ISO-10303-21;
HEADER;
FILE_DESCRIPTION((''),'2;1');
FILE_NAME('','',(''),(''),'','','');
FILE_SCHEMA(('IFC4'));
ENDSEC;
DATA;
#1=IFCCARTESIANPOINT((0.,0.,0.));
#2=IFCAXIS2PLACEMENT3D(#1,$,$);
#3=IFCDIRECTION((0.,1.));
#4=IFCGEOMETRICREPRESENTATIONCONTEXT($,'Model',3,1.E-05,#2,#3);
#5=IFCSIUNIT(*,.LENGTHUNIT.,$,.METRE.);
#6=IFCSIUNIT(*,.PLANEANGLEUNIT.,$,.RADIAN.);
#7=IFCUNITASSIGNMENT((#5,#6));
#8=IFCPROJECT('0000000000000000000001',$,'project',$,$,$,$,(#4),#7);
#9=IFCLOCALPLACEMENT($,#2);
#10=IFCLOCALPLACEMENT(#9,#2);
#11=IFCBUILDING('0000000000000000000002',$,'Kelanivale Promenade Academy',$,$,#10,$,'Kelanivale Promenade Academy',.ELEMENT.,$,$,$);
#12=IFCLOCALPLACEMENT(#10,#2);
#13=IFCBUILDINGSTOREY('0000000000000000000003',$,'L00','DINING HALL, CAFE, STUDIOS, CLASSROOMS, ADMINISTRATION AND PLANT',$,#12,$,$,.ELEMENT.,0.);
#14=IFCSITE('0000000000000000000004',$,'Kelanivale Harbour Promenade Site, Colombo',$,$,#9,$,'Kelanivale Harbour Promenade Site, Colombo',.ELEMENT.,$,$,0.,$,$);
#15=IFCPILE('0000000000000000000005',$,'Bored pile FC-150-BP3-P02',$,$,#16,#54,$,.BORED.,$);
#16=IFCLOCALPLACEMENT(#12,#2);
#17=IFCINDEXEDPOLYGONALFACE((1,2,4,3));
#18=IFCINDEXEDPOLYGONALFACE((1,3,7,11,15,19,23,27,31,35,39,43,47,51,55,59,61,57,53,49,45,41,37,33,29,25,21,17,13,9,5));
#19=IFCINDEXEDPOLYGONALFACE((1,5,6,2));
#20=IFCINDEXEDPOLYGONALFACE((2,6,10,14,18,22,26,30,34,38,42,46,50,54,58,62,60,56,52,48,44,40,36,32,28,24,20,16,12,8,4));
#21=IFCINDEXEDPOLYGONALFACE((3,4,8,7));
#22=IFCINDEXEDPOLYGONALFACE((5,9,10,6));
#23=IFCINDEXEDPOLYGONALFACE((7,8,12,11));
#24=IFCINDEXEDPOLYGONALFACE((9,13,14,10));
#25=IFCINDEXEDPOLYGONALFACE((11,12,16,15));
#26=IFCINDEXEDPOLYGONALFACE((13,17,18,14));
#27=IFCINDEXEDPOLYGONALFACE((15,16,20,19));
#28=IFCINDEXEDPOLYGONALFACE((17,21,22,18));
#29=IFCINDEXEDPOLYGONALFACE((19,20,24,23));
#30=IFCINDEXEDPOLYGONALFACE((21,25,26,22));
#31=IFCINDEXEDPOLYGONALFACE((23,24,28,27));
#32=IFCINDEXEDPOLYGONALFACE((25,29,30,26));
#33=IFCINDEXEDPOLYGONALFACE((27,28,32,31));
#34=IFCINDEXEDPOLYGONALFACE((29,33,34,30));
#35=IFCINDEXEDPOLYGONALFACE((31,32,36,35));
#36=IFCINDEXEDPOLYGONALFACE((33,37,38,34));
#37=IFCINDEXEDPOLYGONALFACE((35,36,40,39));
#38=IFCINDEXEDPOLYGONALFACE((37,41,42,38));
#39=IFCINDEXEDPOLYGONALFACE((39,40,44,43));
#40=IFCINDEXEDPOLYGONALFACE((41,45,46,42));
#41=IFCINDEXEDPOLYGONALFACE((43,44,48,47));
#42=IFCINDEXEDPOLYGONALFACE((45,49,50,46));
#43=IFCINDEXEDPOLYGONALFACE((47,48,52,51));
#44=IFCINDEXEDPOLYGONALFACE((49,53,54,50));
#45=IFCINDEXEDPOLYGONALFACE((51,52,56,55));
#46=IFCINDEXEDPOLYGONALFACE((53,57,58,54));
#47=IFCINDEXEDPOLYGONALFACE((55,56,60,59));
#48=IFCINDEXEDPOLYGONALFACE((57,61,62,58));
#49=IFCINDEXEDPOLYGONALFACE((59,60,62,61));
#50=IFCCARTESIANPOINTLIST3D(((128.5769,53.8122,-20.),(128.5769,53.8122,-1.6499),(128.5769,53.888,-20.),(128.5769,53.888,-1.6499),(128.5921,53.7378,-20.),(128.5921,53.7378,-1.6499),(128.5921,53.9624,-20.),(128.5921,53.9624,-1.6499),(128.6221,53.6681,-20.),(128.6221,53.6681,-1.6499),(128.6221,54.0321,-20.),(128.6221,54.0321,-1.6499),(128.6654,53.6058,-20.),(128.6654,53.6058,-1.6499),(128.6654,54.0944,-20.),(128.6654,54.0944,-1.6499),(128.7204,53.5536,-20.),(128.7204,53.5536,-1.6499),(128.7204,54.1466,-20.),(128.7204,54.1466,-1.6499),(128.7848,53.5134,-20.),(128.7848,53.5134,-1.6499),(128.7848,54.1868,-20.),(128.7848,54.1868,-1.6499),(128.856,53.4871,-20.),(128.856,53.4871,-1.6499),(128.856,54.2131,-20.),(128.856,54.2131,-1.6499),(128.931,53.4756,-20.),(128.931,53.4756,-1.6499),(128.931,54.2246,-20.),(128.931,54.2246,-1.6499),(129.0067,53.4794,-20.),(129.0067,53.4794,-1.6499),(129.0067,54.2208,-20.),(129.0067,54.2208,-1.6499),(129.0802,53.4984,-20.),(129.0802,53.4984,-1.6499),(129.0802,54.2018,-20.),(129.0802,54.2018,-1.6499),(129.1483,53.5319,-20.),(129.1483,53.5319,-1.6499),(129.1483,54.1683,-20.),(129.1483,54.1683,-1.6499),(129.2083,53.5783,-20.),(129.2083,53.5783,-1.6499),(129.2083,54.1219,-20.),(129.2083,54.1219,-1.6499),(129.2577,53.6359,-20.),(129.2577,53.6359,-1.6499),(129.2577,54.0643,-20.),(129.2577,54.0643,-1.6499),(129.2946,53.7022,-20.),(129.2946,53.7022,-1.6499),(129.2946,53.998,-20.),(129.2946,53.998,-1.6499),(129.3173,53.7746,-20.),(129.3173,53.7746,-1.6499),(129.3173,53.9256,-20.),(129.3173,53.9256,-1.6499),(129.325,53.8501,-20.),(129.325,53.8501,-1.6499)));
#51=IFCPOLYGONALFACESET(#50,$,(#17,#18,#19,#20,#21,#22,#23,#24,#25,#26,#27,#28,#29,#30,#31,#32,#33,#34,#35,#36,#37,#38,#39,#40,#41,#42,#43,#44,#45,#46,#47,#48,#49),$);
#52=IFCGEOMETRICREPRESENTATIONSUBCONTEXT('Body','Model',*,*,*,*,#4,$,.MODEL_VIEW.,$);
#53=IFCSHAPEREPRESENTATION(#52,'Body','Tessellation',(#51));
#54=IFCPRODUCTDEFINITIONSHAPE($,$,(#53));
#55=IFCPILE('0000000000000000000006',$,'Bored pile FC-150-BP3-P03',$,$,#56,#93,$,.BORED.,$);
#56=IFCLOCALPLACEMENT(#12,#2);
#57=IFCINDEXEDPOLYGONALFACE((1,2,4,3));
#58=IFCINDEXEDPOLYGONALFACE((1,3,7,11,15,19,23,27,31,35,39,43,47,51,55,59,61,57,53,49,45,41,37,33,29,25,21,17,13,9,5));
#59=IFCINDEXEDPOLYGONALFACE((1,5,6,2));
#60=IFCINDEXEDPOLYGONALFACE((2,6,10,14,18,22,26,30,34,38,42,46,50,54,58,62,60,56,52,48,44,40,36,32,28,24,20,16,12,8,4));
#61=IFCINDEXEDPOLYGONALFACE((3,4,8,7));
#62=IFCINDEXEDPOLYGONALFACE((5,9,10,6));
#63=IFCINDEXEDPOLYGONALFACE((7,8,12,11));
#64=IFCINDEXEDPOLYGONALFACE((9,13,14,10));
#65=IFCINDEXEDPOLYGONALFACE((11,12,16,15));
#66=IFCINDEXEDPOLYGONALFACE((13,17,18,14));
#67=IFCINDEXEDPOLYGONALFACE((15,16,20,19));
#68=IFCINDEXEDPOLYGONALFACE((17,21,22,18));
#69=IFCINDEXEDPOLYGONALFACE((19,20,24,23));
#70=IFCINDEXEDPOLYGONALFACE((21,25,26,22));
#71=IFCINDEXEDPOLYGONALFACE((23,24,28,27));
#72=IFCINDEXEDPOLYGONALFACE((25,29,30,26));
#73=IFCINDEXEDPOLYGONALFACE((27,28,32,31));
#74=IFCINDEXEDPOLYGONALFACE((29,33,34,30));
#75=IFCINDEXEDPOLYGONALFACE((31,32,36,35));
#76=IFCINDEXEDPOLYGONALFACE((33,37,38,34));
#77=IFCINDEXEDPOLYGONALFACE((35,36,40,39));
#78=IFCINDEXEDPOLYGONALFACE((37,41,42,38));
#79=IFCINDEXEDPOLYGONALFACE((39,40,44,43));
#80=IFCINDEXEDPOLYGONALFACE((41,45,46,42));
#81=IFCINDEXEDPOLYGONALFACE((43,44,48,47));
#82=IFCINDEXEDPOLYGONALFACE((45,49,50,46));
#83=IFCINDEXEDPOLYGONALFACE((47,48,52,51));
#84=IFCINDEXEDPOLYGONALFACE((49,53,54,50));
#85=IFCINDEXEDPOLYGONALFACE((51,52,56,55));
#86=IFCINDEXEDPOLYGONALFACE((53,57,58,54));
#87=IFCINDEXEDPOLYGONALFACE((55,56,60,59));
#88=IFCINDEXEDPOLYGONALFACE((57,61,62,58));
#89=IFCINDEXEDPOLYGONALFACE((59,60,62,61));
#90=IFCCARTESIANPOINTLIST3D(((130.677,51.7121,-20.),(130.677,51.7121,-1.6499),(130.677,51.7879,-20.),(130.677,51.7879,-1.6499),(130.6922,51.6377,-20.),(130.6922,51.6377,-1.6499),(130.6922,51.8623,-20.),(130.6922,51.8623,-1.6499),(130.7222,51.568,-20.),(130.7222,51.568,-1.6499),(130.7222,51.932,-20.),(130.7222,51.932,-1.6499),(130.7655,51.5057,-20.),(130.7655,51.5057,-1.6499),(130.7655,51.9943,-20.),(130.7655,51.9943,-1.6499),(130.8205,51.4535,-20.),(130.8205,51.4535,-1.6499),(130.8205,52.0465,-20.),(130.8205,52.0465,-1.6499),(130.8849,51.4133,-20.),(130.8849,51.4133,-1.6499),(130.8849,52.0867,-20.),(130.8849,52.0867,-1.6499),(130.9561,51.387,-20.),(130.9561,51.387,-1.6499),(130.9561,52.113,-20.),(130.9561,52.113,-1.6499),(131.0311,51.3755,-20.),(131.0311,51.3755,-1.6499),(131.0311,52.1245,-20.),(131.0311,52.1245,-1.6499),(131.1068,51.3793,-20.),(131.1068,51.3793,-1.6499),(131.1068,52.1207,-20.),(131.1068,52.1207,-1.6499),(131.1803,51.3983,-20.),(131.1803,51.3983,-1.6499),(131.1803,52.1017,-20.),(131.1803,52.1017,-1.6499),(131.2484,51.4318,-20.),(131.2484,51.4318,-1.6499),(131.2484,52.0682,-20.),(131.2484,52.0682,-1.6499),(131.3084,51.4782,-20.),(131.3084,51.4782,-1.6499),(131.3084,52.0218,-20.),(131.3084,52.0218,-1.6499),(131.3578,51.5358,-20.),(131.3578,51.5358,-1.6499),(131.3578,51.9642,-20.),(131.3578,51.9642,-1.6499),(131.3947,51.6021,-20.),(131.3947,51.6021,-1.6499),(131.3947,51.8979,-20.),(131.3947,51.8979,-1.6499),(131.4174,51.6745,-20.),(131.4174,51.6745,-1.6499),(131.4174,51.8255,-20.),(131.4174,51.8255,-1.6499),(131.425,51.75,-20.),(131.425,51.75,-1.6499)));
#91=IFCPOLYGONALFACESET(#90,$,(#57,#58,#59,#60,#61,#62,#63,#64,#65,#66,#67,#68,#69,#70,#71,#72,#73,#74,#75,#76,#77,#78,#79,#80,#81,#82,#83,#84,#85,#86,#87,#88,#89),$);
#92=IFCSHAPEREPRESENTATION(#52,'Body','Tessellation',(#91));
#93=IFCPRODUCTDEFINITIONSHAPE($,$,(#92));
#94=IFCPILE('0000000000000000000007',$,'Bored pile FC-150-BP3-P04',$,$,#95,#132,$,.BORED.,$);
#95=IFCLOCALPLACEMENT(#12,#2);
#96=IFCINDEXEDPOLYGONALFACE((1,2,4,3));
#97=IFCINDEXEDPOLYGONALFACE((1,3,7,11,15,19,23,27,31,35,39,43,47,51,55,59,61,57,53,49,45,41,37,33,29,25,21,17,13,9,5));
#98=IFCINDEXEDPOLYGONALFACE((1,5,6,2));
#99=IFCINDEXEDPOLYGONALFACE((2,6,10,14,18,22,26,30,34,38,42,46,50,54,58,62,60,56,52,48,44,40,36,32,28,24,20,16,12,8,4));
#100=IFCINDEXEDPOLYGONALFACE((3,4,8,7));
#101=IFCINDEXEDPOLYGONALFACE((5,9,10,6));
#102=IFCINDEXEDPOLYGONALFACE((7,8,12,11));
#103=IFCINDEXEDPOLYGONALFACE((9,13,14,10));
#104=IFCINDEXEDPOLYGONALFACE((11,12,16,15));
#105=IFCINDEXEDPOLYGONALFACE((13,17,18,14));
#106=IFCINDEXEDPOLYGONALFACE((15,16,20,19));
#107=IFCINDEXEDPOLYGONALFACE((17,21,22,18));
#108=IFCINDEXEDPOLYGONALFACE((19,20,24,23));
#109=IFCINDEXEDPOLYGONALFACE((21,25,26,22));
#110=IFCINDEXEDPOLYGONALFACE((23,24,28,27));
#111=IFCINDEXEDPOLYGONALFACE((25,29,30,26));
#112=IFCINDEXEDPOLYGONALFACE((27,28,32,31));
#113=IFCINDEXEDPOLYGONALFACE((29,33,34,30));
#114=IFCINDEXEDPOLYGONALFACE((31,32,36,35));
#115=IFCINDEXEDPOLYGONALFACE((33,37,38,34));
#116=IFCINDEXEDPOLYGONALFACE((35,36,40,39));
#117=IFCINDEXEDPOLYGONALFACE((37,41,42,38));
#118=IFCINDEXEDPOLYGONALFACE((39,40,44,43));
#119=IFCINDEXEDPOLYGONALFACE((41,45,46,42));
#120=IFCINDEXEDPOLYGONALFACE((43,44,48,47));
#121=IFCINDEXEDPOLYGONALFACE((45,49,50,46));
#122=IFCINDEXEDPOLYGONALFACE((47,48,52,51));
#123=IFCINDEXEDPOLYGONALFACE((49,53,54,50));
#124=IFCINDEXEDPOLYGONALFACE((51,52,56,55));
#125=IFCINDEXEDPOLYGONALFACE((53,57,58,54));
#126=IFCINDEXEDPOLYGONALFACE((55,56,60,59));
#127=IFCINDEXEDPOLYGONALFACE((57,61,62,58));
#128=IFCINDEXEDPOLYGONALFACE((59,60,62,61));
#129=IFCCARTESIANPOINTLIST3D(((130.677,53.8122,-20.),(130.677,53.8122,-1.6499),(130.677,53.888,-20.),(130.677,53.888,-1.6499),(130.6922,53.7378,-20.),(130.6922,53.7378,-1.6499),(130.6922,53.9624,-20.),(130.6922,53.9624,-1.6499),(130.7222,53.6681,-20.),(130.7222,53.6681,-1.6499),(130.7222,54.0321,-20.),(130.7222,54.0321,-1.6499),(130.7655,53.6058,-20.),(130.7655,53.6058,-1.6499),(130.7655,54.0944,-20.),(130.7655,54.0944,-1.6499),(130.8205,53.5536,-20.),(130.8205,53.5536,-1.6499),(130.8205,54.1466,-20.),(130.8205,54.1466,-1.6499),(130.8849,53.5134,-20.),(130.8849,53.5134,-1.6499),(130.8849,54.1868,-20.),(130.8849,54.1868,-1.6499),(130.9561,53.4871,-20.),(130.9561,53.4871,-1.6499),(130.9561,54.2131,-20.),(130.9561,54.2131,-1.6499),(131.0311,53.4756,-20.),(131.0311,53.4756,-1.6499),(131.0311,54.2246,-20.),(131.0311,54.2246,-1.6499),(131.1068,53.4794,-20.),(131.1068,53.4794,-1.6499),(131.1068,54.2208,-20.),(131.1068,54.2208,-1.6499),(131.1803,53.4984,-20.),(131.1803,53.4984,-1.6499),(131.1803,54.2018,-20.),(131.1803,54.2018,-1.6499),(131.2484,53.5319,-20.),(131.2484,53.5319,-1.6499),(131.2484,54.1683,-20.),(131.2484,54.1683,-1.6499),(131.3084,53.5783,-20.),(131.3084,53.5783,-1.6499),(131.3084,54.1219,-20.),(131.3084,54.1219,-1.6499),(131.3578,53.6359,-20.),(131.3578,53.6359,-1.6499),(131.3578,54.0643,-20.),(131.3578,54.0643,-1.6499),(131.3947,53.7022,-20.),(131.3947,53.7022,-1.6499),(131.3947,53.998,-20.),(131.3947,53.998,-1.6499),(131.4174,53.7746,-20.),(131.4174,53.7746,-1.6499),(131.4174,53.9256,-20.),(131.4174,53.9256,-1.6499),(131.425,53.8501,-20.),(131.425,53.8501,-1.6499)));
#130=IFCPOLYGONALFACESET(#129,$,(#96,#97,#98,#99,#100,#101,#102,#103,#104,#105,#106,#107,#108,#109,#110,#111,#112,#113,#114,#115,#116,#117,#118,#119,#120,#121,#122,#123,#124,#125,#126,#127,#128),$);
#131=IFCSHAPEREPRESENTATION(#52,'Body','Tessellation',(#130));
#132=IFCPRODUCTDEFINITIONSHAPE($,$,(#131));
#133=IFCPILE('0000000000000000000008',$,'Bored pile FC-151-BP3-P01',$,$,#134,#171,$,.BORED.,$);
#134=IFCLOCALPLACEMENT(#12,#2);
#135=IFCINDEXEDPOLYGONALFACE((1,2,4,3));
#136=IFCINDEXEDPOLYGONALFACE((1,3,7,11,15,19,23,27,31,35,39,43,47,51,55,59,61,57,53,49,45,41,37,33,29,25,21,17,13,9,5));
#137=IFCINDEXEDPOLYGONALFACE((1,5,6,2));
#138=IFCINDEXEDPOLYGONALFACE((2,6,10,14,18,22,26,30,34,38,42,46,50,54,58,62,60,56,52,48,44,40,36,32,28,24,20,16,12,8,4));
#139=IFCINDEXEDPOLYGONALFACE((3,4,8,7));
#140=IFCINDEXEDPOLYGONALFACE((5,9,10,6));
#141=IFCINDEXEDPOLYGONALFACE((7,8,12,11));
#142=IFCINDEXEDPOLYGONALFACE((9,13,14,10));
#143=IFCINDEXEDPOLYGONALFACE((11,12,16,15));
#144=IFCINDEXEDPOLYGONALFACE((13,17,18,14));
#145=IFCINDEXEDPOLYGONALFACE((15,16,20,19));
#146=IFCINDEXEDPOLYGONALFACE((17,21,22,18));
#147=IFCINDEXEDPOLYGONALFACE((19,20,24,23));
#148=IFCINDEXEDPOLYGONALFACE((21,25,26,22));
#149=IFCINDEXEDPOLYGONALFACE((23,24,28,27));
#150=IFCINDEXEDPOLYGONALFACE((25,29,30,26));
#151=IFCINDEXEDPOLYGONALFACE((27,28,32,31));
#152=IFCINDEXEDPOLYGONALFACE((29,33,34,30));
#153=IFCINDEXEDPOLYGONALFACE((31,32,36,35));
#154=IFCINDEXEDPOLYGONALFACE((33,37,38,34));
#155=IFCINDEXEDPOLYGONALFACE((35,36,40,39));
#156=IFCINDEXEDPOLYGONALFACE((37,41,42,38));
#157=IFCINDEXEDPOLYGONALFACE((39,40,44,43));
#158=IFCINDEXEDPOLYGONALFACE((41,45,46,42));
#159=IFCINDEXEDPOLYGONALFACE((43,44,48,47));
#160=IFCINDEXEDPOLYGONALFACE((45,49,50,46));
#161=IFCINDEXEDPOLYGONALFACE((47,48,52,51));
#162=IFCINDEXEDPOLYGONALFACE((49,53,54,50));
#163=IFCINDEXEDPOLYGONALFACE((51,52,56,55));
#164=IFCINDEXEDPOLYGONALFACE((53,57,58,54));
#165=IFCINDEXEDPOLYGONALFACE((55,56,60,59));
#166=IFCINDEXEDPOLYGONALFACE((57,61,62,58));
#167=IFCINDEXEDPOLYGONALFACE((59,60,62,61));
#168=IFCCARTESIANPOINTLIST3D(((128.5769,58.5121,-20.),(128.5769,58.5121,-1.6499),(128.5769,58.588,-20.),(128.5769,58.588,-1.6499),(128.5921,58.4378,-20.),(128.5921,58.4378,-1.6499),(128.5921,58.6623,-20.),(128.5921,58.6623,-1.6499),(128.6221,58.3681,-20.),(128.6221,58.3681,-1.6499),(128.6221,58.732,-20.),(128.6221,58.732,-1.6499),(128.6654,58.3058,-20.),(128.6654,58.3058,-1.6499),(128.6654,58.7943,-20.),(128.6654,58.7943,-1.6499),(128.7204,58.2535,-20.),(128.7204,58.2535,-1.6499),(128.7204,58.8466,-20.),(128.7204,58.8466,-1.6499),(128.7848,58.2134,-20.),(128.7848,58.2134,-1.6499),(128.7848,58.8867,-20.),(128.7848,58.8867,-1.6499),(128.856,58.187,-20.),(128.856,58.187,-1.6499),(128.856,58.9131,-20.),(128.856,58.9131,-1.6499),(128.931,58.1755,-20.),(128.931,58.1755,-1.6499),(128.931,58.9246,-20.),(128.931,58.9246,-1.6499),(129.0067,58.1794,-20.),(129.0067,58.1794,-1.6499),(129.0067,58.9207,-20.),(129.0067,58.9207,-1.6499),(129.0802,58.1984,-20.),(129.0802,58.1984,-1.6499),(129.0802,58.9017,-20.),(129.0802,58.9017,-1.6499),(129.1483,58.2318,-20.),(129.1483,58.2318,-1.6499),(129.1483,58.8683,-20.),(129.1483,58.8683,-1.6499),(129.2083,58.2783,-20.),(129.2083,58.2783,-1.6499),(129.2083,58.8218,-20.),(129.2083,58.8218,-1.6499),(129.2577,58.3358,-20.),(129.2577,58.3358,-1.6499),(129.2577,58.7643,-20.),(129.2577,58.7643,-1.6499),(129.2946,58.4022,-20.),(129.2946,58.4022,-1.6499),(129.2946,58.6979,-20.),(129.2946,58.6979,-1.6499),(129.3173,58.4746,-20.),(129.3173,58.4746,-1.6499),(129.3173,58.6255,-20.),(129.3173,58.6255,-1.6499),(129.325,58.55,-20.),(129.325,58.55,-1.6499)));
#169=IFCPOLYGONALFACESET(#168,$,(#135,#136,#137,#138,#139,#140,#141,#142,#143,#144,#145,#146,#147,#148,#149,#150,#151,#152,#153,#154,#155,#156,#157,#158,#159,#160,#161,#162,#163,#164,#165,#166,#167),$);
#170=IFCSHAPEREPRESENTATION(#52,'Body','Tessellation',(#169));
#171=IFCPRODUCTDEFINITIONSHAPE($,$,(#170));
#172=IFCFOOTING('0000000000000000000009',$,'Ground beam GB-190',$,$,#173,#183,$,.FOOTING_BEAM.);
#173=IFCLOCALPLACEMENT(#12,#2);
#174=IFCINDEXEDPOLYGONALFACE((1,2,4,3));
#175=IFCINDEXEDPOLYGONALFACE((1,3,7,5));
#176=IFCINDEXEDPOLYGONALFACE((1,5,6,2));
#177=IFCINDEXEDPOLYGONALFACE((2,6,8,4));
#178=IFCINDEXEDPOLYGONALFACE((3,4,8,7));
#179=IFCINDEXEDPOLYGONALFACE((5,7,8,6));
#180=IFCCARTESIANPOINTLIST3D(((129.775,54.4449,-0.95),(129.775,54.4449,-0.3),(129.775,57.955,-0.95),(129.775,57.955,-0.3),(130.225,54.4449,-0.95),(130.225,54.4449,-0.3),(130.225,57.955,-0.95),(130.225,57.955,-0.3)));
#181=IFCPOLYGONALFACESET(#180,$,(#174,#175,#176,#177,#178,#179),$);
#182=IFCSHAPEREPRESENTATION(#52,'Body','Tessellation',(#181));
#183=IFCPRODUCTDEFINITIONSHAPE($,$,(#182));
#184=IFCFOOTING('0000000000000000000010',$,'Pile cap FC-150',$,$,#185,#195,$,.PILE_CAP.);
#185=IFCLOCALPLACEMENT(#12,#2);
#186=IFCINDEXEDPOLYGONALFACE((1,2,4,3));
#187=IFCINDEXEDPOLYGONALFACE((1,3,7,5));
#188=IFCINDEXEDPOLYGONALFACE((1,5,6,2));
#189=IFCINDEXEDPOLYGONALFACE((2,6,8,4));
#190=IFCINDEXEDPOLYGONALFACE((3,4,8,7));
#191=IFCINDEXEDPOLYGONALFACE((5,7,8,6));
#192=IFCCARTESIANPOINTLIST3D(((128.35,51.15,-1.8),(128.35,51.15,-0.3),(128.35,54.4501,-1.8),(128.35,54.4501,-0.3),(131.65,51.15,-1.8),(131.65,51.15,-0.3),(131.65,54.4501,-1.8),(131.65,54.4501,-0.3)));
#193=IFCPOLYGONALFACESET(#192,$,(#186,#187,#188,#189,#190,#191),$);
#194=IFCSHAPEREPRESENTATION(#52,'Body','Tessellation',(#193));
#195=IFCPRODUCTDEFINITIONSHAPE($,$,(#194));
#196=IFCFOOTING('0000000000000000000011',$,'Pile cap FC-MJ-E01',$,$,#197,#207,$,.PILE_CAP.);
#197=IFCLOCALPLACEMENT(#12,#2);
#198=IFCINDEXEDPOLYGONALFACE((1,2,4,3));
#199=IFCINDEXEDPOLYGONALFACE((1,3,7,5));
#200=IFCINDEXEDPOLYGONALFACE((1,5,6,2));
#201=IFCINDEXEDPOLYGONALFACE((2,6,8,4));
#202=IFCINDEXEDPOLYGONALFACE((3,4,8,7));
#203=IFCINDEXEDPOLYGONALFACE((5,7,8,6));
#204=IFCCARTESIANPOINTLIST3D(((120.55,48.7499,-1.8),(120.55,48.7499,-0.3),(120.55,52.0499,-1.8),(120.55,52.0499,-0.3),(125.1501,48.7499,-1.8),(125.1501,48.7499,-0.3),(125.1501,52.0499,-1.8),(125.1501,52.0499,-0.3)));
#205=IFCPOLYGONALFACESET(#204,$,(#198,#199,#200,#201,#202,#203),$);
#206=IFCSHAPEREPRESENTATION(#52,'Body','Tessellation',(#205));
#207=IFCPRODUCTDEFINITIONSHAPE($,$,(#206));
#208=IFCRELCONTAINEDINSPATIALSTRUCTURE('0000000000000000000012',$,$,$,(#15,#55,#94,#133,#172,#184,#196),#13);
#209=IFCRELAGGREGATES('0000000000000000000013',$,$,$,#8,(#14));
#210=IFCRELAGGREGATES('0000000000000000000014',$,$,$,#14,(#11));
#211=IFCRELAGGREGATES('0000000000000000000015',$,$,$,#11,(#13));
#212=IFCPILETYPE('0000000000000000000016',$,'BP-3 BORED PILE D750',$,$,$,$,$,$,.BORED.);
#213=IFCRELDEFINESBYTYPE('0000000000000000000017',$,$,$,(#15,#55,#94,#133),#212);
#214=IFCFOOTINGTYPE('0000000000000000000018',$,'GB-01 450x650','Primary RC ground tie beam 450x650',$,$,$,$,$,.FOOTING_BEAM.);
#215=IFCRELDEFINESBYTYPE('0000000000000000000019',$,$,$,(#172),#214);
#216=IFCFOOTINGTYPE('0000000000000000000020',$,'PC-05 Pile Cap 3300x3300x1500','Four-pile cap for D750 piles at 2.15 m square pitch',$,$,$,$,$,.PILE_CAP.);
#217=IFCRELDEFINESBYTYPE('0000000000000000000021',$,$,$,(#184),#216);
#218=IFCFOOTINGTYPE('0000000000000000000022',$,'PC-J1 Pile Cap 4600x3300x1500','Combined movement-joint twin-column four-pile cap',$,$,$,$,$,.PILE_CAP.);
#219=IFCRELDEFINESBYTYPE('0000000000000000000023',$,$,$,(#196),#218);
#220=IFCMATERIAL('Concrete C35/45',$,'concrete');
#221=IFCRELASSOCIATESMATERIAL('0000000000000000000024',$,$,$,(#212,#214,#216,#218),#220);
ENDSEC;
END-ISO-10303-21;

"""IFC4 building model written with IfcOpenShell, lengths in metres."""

from ifc_helpers import new_model, si_unit, direction, frame, origin, origin_2d, place, context, subcontext, project, spatial, rectangle, circle, extrude, material, material_profile, profile_set, type_object, element, save


model = new_model("IFC4")

# Units and contexts
model_context = context("Model", 3, precision=1e-05, world=origin(), true_north=direction((0.0, 1.0)))
body_context = subcontext(model_context, "Body", "Model", "MODEL_VIEW")
ifc_project = project(units=[si_unit("LENGTHUNIT", "METRE"), si_unit("PLANEANGLEUNIT", "RADIAN")], contexts=[model_context])

# Site, building, storey
site_placement = place(None, origin())
site = spatial("IfcSite", under=ifc_project, at=site_placement, Name="Kelanivale Harbour Promenade Site, Colombo", LongName="Kelanivale Harbour Promenade Site, Colombo", CompositionType="ELEMENT", RefElevation=0.0)
building_placement = place(site_placement, origin())
building = spatial("IfcBuilding", under=site, at=building_placement, Name="Kelanivale Promenade Academy", LongName="Kelanivale Promenade Academy", CompositionType="ELEMENT")
storey_placement = place(building_placement, origin())
storey = spatial("IfcBuildingStorey", under=building, at=storey_placement, Name="L00", Description="DINING HALL, CAFE, STUDIOS, CLASSROOMS, ADMINISTRATION AND PLANT", CompositionType="ELEMENT", Elevation=0.0)

# Piles
ifc_material_1 = material(Name="Concrete C35/45", Category="concrete")
ifc_material_profile_1 = material_profile(ifc_material_1, circle(Radius=0.375, at=origin_2d()), Name="BORED PILE D750")
ifc_profile_set_1 = profile_set([ifc_material_profile_1], Name="Concrete C35/45")
pile_type = type_object("IfcPileType", Name="BP-3 BORED PILE D750", PredefinedType="BORED", material=ifc_profile_set_1)
for number, where, z_axis, x_axis, name in (
    (1, (128.95, 53.8501, -1.6499), (0.0, 0.0, -1.0), (1.0, 0.0, 0.0), "Bored pile FC-150-BP3-P02"),
    (2, (131.05, 51.75, -1.6499), (0.0, 0.0, -1.0), (1.0, 0.0, 0.0), "Bored pile FC-150-BP3-P03"),
    (3, (131.05, 53.8501, -1.6499), (0.0, 0.0, -1.0), (1.0, 0.0, 0.0), "Bored pile FC-150-BP3-P04"),
    (4, (128.95, 58.55, -1.6499), (0.0, 0.0, -1.0), (1.0, 0.0, 0.0), "Bored pile FC-151-BP3-P01"),
):
    element("IfcPile", number, at=place(storey_placement, frame(where, z_axis=z_axis, x_axis=x_axis)), inside=storey, type_object=pile_type, Name=name, PredefinedType="BORED", context=body_context, shape_type="SweptSolid", body=[
        extrude(circle(Radius=0.375, at=origin_2d()), origin(), (0.0, 0.0, 1.0), 18.3501),
    ])

# Footings
footing_type_1 = type_object("IfcFootingType", Name="GB-01 450x650", Description="Primary RC ground tie beam 450x650", PredefinedType="FOOTING_BEAM", material=ifc_material_1)
footing_1_placement = place(storey_placement, frame((130.0, 56.2, -0.95), z_axis=(0.0, 0.0, 1.0), x_axis=(0.0, 1.0, 0.0)))
element("IfcFooting", 5, at=footing_1_placement, inside=storey, type_object=footing_type_1, Name="Ground beam GB-190", PredefinedType="FOOTING_BEAM", context=body_context, shape_type="SweptSolid", body=[
    extrude(rectangle(XDim=3.51, YDim=0.45, at=origin_2d()), origin(), (0.0, 0.0, 1.0), 0.6499),
])
footing_type_2 = type_object("IfcFootingType", Name="PC-05 Pile Cap 3300x3300x1500", Description="Four-pile cap for D750 piles at 2.15 m square pitch", PredefinedType="PILE_CAP", material=ifc_material_1)
footing_2_placement = place(storey_placement, frame((130.0, 52.8, -1.8), z_axis=(0.0, 0.0, 1.0), x_axis=(1.0, 0.0, 0.0)))
element("IfcFooting", 6, at=footing_2_placement, inside=storey, type_object=footing_type_2, Name="Pile cap FC-150", PredefinedType="PILE_CAP", context=body_context, shape_type="SweptSolid", body=[
    extrude(rectangle(XDim=3.3, YDim=3.3, at=origin_2d()), origin(), (0.0, 0.0, 1.0), 1.5),
])
footing_type_3 = type_object("IfcFootingType", Name="PC-J1 Pile Cap 4600x3300x1500", Description="Combined movement-joint twin-column four-pile cap", PredefinedType="PILE_CAP", material=ifc_material_1)
for number, where, z_axis, x_axis, name in (
    (7, (122.8501, 50.3999, -1.8), (0.0, 0.0, 1.0), (1.0, 0.0, 0.0), "Pile cap FC-MJ-E01"),
):
    element("IfcFooting", number, at=place(storey_placement, frame(where, z_axis=z_axis, x_axis=x_axis)), inside=storey, type_object=footing_type_3, Name=name, PredefinedType="PILE_CAP", context=body_context, shape_type="SweptSolid", body=[
        extrude(rectangle(XDim=4.6001, YDim=3.3, at=origin_2d()), origin(), (0.0, 0.0, 1.0), 1.5),
    ])

save(model, "model.ifc")
